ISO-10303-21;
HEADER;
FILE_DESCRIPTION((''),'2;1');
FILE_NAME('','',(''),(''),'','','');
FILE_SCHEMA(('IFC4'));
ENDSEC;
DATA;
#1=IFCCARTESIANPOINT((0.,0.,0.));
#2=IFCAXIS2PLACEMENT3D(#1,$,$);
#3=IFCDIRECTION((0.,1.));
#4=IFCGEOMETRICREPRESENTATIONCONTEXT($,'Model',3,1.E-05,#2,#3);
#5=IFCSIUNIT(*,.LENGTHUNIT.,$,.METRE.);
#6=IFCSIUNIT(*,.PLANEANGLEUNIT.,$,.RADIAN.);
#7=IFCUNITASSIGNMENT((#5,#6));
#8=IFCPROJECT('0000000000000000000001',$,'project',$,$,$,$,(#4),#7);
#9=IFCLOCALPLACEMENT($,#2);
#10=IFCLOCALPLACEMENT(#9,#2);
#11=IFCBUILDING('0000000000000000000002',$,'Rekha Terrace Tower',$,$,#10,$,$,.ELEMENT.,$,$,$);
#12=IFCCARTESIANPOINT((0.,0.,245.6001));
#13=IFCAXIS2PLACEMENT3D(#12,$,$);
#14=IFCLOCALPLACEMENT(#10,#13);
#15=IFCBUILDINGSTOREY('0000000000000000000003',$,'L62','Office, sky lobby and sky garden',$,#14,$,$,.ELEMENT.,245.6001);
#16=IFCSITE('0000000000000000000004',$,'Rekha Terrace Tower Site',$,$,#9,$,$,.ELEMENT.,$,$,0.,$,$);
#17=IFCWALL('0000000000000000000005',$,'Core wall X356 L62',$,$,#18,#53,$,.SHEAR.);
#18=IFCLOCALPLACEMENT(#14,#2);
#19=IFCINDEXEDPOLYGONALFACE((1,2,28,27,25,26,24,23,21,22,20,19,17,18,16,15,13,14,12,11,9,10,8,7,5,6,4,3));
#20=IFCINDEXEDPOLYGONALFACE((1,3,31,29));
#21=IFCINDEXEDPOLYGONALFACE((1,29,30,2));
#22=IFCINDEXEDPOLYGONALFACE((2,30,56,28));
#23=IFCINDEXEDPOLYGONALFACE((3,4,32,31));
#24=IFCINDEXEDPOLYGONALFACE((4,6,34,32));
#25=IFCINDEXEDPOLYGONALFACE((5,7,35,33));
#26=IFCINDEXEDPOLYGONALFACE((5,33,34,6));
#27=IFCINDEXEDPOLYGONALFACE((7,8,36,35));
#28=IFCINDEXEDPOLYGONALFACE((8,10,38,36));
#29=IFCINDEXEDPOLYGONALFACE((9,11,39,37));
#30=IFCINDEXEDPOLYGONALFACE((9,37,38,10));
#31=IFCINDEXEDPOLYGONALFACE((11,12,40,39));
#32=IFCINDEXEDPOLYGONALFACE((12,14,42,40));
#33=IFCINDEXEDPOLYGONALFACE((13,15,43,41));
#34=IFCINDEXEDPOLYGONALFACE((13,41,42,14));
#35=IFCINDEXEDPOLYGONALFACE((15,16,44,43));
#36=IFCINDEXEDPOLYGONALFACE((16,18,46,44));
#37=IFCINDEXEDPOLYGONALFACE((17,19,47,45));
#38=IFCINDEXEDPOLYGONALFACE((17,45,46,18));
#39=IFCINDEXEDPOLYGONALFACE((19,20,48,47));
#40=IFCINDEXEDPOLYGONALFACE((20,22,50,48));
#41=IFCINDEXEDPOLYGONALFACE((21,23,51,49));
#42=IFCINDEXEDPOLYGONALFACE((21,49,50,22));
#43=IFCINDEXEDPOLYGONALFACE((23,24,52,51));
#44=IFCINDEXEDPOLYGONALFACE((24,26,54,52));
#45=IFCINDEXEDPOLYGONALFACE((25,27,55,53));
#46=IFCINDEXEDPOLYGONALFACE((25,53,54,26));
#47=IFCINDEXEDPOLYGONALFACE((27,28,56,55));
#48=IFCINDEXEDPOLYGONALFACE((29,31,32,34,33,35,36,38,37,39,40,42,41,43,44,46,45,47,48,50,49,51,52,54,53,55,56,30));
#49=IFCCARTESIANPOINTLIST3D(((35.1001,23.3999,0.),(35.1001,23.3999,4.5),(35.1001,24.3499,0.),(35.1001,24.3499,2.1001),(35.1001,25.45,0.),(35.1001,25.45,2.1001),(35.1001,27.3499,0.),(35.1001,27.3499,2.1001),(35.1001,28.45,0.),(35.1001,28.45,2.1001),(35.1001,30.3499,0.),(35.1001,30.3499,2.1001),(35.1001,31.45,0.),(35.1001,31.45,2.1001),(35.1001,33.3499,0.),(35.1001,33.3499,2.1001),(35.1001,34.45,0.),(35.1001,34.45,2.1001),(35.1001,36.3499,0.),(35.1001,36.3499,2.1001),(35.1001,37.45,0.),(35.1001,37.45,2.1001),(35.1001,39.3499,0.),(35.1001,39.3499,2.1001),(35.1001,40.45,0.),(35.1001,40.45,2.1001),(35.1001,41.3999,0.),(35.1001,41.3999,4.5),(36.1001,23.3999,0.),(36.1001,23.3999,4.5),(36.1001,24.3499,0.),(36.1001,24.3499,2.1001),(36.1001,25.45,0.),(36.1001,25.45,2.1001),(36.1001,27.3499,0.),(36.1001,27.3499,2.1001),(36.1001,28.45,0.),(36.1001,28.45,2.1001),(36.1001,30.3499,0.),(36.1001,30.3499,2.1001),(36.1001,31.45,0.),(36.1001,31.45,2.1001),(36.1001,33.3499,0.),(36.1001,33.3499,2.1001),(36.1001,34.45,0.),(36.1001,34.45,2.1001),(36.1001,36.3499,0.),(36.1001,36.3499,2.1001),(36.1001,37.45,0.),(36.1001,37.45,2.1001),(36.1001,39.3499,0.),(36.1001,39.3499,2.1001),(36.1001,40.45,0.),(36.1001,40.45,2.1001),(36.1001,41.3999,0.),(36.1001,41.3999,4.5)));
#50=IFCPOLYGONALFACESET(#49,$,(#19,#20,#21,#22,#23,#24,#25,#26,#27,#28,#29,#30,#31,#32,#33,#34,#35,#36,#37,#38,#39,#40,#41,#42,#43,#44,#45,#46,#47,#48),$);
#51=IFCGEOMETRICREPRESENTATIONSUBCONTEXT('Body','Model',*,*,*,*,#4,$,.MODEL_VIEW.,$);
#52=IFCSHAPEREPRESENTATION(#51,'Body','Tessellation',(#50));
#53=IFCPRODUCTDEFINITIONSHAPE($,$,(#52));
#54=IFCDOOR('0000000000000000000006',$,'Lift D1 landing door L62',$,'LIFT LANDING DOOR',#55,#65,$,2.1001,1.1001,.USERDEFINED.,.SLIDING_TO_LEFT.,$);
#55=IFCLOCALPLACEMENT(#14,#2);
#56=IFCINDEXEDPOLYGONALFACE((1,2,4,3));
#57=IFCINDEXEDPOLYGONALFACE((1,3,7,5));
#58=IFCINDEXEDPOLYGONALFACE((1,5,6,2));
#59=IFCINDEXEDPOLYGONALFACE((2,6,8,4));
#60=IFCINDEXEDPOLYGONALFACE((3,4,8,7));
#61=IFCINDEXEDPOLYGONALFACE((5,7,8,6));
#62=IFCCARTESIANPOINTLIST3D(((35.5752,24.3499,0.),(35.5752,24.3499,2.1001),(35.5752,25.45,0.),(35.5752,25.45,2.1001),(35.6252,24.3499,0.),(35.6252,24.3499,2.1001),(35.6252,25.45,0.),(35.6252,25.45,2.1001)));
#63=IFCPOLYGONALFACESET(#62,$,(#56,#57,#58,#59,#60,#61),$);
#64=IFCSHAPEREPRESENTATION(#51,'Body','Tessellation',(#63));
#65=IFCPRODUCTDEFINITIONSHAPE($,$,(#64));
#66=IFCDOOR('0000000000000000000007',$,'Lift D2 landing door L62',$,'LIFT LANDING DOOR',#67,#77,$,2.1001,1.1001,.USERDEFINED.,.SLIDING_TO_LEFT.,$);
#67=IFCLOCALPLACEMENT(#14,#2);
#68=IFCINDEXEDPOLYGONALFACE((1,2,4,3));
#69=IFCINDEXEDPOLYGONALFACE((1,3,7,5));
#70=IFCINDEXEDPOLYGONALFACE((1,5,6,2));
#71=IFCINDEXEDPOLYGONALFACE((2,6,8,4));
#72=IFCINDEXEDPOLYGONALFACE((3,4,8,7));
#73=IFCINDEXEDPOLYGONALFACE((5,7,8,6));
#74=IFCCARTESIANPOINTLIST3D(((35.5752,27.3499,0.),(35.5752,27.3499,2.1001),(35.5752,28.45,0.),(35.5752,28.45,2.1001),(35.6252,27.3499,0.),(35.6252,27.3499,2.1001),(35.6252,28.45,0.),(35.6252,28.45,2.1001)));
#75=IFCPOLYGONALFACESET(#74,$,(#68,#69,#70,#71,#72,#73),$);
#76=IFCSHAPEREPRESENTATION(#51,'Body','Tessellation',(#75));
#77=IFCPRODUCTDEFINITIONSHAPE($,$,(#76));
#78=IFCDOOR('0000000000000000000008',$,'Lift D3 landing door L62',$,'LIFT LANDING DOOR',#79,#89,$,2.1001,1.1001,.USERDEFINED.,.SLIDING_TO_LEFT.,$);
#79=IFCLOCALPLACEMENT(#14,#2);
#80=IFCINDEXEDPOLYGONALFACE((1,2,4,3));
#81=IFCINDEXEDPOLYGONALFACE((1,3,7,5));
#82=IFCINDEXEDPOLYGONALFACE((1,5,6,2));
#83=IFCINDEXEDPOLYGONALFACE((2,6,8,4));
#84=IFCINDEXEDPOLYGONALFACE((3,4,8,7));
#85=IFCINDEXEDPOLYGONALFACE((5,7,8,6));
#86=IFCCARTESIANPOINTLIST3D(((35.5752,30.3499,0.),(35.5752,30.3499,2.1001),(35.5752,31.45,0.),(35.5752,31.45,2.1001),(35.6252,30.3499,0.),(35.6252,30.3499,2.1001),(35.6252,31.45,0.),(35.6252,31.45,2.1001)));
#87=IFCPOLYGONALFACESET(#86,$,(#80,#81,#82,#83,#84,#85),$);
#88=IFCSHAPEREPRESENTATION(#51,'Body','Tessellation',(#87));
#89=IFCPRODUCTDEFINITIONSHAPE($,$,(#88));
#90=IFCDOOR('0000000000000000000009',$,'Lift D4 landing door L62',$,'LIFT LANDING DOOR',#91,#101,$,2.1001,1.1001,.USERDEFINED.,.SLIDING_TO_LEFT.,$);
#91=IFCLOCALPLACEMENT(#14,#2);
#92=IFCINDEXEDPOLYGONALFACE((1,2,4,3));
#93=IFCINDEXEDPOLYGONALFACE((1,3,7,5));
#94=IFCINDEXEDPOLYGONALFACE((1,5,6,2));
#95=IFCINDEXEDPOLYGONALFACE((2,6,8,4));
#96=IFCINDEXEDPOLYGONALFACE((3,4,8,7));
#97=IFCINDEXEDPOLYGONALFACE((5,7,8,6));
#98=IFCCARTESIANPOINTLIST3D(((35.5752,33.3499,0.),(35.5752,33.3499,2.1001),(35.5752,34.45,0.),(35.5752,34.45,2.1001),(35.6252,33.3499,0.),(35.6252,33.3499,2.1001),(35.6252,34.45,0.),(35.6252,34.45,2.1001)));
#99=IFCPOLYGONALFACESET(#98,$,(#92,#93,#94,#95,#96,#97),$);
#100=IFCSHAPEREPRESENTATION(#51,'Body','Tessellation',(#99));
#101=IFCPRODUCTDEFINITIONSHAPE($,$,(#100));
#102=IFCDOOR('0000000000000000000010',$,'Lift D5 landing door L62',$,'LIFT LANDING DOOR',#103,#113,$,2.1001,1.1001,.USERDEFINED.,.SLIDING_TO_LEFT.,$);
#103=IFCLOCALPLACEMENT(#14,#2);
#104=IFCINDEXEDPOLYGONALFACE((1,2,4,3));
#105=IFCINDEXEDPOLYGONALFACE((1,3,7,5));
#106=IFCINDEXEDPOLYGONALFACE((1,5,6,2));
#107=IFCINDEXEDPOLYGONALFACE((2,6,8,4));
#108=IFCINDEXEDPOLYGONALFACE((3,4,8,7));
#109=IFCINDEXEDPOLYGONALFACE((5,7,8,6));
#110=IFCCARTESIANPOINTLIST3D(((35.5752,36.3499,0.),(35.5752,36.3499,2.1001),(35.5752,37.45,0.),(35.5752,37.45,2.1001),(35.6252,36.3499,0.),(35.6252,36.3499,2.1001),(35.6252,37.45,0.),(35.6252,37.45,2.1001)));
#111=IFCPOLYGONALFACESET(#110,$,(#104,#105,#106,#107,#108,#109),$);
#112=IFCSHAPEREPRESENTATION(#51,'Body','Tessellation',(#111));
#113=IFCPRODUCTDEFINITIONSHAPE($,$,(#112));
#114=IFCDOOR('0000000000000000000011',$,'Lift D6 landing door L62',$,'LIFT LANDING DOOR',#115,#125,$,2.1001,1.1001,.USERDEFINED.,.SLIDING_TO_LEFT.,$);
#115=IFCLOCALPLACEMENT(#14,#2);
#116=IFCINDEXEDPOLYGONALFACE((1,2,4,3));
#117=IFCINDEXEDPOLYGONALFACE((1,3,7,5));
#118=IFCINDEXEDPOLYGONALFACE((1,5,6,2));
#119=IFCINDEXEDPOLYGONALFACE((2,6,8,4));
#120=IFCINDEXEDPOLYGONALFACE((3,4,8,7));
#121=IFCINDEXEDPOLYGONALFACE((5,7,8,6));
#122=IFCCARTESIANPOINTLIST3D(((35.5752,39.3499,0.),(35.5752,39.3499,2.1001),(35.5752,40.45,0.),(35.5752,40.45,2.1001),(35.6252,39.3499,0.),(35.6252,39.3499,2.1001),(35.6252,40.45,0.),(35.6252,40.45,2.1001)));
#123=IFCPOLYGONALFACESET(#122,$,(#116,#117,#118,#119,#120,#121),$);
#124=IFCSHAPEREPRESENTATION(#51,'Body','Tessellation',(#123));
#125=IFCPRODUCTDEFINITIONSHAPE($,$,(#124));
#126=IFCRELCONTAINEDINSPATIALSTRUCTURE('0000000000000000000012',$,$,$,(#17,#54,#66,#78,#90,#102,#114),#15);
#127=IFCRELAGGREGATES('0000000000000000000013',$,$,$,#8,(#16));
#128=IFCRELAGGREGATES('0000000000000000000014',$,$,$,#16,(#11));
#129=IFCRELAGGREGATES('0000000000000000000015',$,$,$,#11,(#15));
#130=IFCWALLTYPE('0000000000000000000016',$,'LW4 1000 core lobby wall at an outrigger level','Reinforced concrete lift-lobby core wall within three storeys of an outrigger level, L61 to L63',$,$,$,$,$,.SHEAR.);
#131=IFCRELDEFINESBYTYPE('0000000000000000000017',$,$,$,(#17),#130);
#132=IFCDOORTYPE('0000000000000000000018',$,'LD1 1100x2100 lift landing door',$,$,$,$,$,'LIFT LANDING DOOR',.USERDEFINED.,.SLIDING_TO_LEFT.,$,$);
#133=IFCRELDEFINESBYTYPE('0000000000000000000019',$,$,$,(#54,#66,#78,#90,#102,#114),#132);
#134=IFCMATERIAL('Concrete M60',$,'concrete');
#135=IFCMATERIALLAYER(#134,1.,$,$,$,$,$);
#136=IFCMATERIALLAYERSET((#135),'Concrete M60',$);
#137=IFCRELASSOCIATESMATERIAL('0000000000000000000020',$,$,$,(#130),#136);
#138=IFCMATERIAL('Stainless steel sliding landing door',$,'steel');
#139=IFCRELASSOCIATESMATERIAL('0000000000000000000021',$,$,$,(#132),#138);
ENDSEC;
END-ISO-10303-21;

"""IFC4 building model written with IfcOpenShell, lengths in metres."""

from ifc_helpers import new_model, si_unit, direction, frame, frame_2d, origin, place, context, subcontext, project, spatial, rectangle, extrude, material, layer, layer_set, type_object, element, fill, save


model = new_model("IFC4")

# Units and contexts
model_context = context("Model", 3, precision=1e-05, world=origin(), true_north=direction((0.0, 1.0)))
body_context = subcontext(model_context, "Body", "Model", "MODEL_VIEW")
ifc_project = project(units=[si_unit("LENGTHUNIT", "METRE"), si_unit("PLANEANGLEUNIT", "RADIAN")], contexts=[model_context])

# Site, building, storey
site_placement = place(None, origin())
site = spatial("IfcSite", under=ifc_project, at=site_placement, Name="Rekha Terrace Tower Site", CompositionType="ELEMENT", RefElevation=0.0)
building_placement = place(site_placement, origin())
building = spatial("IfcBuilding", under=site, at=building_placement, Name="Rekha Terrace Tower", CompositionType="ELEMENT")
storey_placement = place(building_placement, frame((0.0, 0.0, 245.6001)))
storey = spatial("IfcBuildingStorey", under=building, at=storey_placement, Name="L62", Description="Office, sky lobby and sky garden", CompositionType="ELEMENT", Elevation=245.6001)

# Shared definitions
ifc_material_1 = material(Name="Concrete M60", Category="concrete")

# Wall, openings, doors
ifc_layer_1 = layer(ifc_material_1, 1.0)
ifc_layer_set_1 = layer_set([ifc_layer_1], Name="Concrete M60")
wall_type_1 = type_object("IfcWallType", Name="LW4 1000 core lobby wall at an outrigger level", Description="Reinforced concrete lift-lobby core wall within three storeys of an outrigger level, L61 to L63", PredefinedType="SHEAR", material=ifc_layer_set_1)
wall_1_placement = place(storey_placement, frame((35.6001, 23.3999, 0.0), z_axis=(0.0, 0.0, 1.0), x_axis=(0.0, 1.0, 0.0)))
wall_1 = element("IfcWall", 1, at=wall_1_placement, inside=storey, type_object=wall_type_1, Name="Core wall X356 L62", PredefinedType="SHEAR", context=body_context, shape_type="SweptSolid", body=[
    extrude(rectangle(XDim=18.0, YDim=1.0, at=frame_2d((9.0, 0.0))), origin(), (0.0, 0.0, 1.0), 4.5),
])
opening_1_placement = place(wall_1_placement, frame((0.95, 0.0, 0.0)))
opening_1 = element("IfcOpeningElement", 2, at=opening_1_placement, cuts=wall_1, PredefinedType="OPENING", context=body_context, shape_type="SweptSolid", body=[
    extrude(rectangle(XDim=1.1001, YDim=2.1001, at=frame_2d((0.55, 1.05))), frame((0.0, 0.51, 0.0), z_axis=(0.0, -1.0, 0.0), x_axis=(1.0, 0.0, 0.0)), (0.0, 0.0, 1.0), 1.02),
])
opening_2_placement = place(wall_1_placement, frame((3.95, 0.0, 0.0)))
opening_2 = element("IfcOpeningElement", 3, at=opening_2_placement, cuts=wall_1, PredefinedType="OPENING", context=body_context, shape_type="SweptSolid", body=[
    extrude(rectangle(XDim=1.1001, YDim=2.1001, at=frame_2d((0.55, 1.05))), frame((0.0, 0.51, 0.0), z_axis=(0.0, -1.0, 0.0), x_axis=(1.0, 0.0, 0.0)), (0.0, 0.0, 1.0), 1.02),
])
opening_3_placement = place(wall_1_placement, frame((6.95, 0.0, 0.0)))
opening_3 = element("IfcOpeningElement", 4, at=opening_3_placement, cuts=wall_1, PredefinedType="OPENING", context=body_context, shape_type="SweptSolid", body=[
    extrude(rectangle(XDim=1.1001, YDim=2.1001, at=frame_2d((0.55, 1.05))), frame((0.0, 0.51, 0.0), z_axis=(0.0, -1.0, 0.0), x_axis=(1.0, 0.0, 0.0)), (0.0, 0.0, 1.0), 1.02),
])
opening_4_placement = place(wall_1_placement, frame((9.95, 0.0, 0.0)))
opening_4 = element("IfcOpeningElement", 5, at=opening_4_placement, cuts=wall_1, PredefinedType="OPENING", context=body_context, shape_type="SweptSolid", body=[
    extrude(rectangle(XDim=1.1001, YDim=2.1001, at=frame_2d((0.55, 1.05))), frame((0.0, 0.51, 0.0), z_axis=(0.0, -1.0, 0.0), x_axis=(1.0, 0.0, 0.0)), (0.0, 0.0, 1.0), 1.02),
])
opening_5_placement = place(wall_1_placement, frame((12.95, 0.0, 0.0)))
opening_5 = element("IfcOpeningElement", 6, at=opening_5_placement, cuts=wall_1, PredefinedType="OPENING", context=body_context, shape_type="SweptSolid", body=[
    extrude(rectangle(XDim=1.1001, YDim=2.1001, at=frame_2d((0.55, 1.05))), frame((0.0, 0.51, 0.0), z_axis=(0.0, -1.0, 0.0), x_axis=(1.0, 0.0, 0.0)), (0.0, 0.0, 1.0), 1.02),
])
opening_6_placement = place(wall_1_placement, frame((15.95, 0.0, 0.0)))
opening_6 = element("IfcOpeningElement", 7, at=opening_6_placement, cuts=wall_1, PredefinedType="OPENING", context=body_context, shape_type="SweptSolid", body=[
    extrude(rectangle(XDim=1.1001, YDim=2.1001, at=frame_2d((0.55, 1.05))), frame((0.0, 0.51, 0.0), z_axis=(0.0, -1.0, 0.0), x_axis=(1.0, 0.0, 0.0)), (0.0, 0.0, 1.0), 1.02),
])
ifc_material_2 = material(Name="Stainless steel sliding landing door", Category="steel")
door_type_1 = type_object("IfcDoorType", Name="LD1 1100x2100 lift landing door", ElementType="LIFT LANDING DOOR", OperationType="SLIDING_TO_LEFT", PredefinedType="USERDEFINED", material=ifc_material_2)
door_1_placement = place(opening_1_placement, origin())
door_1 = element("IfcDoor", 8, at=door_1_placement, inside=storey, type_object=door_type_1, Name="Lift D1 landing door L62", ObjectType="LIFT LANDING DOOR", OperationType="SLIDING_TO_LEFT", OverallHeight=2.1001, OverallWidth=1.1001, PredefinedType="USERDEFINED", context=body_context, shape_type="SweptSolid", body=[
    extrude(rectangle(XDim=1.1001, YDim=2.1001, at=frame_2d((0.55, 1.05))), frame((0.0, 0.0249, 0.0), z_axis=(0.0, -1.0, 0.0), x_axis=(1.0, 0.0, 0.0)), (0.0, 0.0, 1.0), 0.05),
])
fill(opening_1, door_1)
door_2_placement = place(opening_2_placement, origin())
door_2 = element("IfcDoor", 9, at=door_2_placement, inside=storey, type_object=door_type_1, Name="Lift D2 landing door L62", ObjectType="LIFT LANDING DOOR", OperationType="SLIDING_TO_LEFT", OverallHeight=2.1001, OverallWidth=1.1001, PredefinedType="USERDEFINED", context=body_context, shape_type="SweptSolid", body=[
    extrude(rectangle(XDim=1.1001, YDim=2.1001, at=frame_2d((0.55, 1.05))), frame((0.0, 0.0249, 0.0), z_axis=(0.0, -1.0, 0.0), x_axis=(1.0, 0.0, 0.0)), (0.0, 0.0, 1.0), 0.05),
])
fill(opening_2, door_2)
door_3_placement = place(opening_3_placement, origin())
door_3 = element("IfcDoor", 10, at=door_3_placement, inside=storey, type_object=door_type_1, Name="Lift D3 landing door L62", ObjectType="LIFT LANDING DOOR", OperationType="SLIDING_TO_LEFT", OverallHeight=2.1001, OverallWidth=1.1001, PredefinedType="USERDEFINED", context=body_context, shape_type="SweptSolid", body=[
    extrude(rectangle(XDim=1.1001, YDim=2.1001, at=frame_2d((0.55, 1.05))), frame((0.0, 0.0249, 0.0), z_axis=(0.0, -1.0, 0.0), x_axis=(1.0, 0.0, 0.0)), (0.0, 0.0, 1.0), 0.05),
])
fill(opening_3, door_3)
door_4_placement = place(opening_4_placement, origin())
door_4 = element("IfcDoor", 11, at=door_4_placement, inside=storey, type_object=door_type_1, Name="Lift D4 landing door L62", ObjectType="LIFT LANDING DOOR", OperationType="SLIDING_TO_LEFT", OverallHeight=2.1001, OverallWidth=1.1001, PredefinedType="USERDEFINED", context=body_context, shape_type="SweptSolid", body=[
    extrude(rectangle(XDim=1.1001, YDim=2.1001, at=frame_2d((0.55, 1.05))), frame((0.0, 0.0249, 0.0), z_axis=(0.0, -1.0, 0.0), x_axis=(1.0, 0.0, 0.0)), (0.0, 0.0, 1.0), 0.05),
])
fill(opening_4, door_4)
door_5_placement = place(opening_5_placement, origin())
door_5 = element("IfcDoor", 12, at=door_5_placement, inside=storey, type_object=door_type_1, Name="Lift D5 landing door L62", ObjectType="LIFT LANDING DOOR", OperationType="SLIDING_TO_LEFT", OverallHeight=2.1001, OverallWidth=1.1001, PredefinedType="USERDEFINED", context=body_context, shape_type="SweptSolid", body=[
    extrude(rectangle(XDim=1.1001, YDim=2.1001, at=frame_2d((0.55, 1.05))), frame((0.0, 0.0249, 0.0), z_axis=(0.0, -1.0, 0.0), x_axis=(1.0, 0.0, 0.0)), (0.0, 0.0, 1.0), 0.05),
])
fill(opening_5, door_5)
door_6_placement = place(opening_6_placement, origin())
door_6 = element("IfcDoor", 13, at=door_6_placement, inside=storey, type_object=door_type_1, Name="Lift D6 landing door L62", ObjectType="LIFT LANDING DOOR", OperationType="SLIDING_TO_LEFT", OverallHeight=2.1001, OverallWidth=1.1001, PredefinedType="USERDEFINED", context=body_context, shape_type="SweptSolid", body=[
    extrude(rectangle(XDim=1.1001, YDim=2.1001, at=frame_2d((0.55, 1.05))), frame((0.0, 0.0249, 0.0), z_axis=(0.0, -1.0, 0.0), x_axis=(1.0, 0.0, 0.0)), (0.0, 0.0, 1.0), 0.05),
])
fill(opening_6, door_6)

save(model, "model.ifc")
